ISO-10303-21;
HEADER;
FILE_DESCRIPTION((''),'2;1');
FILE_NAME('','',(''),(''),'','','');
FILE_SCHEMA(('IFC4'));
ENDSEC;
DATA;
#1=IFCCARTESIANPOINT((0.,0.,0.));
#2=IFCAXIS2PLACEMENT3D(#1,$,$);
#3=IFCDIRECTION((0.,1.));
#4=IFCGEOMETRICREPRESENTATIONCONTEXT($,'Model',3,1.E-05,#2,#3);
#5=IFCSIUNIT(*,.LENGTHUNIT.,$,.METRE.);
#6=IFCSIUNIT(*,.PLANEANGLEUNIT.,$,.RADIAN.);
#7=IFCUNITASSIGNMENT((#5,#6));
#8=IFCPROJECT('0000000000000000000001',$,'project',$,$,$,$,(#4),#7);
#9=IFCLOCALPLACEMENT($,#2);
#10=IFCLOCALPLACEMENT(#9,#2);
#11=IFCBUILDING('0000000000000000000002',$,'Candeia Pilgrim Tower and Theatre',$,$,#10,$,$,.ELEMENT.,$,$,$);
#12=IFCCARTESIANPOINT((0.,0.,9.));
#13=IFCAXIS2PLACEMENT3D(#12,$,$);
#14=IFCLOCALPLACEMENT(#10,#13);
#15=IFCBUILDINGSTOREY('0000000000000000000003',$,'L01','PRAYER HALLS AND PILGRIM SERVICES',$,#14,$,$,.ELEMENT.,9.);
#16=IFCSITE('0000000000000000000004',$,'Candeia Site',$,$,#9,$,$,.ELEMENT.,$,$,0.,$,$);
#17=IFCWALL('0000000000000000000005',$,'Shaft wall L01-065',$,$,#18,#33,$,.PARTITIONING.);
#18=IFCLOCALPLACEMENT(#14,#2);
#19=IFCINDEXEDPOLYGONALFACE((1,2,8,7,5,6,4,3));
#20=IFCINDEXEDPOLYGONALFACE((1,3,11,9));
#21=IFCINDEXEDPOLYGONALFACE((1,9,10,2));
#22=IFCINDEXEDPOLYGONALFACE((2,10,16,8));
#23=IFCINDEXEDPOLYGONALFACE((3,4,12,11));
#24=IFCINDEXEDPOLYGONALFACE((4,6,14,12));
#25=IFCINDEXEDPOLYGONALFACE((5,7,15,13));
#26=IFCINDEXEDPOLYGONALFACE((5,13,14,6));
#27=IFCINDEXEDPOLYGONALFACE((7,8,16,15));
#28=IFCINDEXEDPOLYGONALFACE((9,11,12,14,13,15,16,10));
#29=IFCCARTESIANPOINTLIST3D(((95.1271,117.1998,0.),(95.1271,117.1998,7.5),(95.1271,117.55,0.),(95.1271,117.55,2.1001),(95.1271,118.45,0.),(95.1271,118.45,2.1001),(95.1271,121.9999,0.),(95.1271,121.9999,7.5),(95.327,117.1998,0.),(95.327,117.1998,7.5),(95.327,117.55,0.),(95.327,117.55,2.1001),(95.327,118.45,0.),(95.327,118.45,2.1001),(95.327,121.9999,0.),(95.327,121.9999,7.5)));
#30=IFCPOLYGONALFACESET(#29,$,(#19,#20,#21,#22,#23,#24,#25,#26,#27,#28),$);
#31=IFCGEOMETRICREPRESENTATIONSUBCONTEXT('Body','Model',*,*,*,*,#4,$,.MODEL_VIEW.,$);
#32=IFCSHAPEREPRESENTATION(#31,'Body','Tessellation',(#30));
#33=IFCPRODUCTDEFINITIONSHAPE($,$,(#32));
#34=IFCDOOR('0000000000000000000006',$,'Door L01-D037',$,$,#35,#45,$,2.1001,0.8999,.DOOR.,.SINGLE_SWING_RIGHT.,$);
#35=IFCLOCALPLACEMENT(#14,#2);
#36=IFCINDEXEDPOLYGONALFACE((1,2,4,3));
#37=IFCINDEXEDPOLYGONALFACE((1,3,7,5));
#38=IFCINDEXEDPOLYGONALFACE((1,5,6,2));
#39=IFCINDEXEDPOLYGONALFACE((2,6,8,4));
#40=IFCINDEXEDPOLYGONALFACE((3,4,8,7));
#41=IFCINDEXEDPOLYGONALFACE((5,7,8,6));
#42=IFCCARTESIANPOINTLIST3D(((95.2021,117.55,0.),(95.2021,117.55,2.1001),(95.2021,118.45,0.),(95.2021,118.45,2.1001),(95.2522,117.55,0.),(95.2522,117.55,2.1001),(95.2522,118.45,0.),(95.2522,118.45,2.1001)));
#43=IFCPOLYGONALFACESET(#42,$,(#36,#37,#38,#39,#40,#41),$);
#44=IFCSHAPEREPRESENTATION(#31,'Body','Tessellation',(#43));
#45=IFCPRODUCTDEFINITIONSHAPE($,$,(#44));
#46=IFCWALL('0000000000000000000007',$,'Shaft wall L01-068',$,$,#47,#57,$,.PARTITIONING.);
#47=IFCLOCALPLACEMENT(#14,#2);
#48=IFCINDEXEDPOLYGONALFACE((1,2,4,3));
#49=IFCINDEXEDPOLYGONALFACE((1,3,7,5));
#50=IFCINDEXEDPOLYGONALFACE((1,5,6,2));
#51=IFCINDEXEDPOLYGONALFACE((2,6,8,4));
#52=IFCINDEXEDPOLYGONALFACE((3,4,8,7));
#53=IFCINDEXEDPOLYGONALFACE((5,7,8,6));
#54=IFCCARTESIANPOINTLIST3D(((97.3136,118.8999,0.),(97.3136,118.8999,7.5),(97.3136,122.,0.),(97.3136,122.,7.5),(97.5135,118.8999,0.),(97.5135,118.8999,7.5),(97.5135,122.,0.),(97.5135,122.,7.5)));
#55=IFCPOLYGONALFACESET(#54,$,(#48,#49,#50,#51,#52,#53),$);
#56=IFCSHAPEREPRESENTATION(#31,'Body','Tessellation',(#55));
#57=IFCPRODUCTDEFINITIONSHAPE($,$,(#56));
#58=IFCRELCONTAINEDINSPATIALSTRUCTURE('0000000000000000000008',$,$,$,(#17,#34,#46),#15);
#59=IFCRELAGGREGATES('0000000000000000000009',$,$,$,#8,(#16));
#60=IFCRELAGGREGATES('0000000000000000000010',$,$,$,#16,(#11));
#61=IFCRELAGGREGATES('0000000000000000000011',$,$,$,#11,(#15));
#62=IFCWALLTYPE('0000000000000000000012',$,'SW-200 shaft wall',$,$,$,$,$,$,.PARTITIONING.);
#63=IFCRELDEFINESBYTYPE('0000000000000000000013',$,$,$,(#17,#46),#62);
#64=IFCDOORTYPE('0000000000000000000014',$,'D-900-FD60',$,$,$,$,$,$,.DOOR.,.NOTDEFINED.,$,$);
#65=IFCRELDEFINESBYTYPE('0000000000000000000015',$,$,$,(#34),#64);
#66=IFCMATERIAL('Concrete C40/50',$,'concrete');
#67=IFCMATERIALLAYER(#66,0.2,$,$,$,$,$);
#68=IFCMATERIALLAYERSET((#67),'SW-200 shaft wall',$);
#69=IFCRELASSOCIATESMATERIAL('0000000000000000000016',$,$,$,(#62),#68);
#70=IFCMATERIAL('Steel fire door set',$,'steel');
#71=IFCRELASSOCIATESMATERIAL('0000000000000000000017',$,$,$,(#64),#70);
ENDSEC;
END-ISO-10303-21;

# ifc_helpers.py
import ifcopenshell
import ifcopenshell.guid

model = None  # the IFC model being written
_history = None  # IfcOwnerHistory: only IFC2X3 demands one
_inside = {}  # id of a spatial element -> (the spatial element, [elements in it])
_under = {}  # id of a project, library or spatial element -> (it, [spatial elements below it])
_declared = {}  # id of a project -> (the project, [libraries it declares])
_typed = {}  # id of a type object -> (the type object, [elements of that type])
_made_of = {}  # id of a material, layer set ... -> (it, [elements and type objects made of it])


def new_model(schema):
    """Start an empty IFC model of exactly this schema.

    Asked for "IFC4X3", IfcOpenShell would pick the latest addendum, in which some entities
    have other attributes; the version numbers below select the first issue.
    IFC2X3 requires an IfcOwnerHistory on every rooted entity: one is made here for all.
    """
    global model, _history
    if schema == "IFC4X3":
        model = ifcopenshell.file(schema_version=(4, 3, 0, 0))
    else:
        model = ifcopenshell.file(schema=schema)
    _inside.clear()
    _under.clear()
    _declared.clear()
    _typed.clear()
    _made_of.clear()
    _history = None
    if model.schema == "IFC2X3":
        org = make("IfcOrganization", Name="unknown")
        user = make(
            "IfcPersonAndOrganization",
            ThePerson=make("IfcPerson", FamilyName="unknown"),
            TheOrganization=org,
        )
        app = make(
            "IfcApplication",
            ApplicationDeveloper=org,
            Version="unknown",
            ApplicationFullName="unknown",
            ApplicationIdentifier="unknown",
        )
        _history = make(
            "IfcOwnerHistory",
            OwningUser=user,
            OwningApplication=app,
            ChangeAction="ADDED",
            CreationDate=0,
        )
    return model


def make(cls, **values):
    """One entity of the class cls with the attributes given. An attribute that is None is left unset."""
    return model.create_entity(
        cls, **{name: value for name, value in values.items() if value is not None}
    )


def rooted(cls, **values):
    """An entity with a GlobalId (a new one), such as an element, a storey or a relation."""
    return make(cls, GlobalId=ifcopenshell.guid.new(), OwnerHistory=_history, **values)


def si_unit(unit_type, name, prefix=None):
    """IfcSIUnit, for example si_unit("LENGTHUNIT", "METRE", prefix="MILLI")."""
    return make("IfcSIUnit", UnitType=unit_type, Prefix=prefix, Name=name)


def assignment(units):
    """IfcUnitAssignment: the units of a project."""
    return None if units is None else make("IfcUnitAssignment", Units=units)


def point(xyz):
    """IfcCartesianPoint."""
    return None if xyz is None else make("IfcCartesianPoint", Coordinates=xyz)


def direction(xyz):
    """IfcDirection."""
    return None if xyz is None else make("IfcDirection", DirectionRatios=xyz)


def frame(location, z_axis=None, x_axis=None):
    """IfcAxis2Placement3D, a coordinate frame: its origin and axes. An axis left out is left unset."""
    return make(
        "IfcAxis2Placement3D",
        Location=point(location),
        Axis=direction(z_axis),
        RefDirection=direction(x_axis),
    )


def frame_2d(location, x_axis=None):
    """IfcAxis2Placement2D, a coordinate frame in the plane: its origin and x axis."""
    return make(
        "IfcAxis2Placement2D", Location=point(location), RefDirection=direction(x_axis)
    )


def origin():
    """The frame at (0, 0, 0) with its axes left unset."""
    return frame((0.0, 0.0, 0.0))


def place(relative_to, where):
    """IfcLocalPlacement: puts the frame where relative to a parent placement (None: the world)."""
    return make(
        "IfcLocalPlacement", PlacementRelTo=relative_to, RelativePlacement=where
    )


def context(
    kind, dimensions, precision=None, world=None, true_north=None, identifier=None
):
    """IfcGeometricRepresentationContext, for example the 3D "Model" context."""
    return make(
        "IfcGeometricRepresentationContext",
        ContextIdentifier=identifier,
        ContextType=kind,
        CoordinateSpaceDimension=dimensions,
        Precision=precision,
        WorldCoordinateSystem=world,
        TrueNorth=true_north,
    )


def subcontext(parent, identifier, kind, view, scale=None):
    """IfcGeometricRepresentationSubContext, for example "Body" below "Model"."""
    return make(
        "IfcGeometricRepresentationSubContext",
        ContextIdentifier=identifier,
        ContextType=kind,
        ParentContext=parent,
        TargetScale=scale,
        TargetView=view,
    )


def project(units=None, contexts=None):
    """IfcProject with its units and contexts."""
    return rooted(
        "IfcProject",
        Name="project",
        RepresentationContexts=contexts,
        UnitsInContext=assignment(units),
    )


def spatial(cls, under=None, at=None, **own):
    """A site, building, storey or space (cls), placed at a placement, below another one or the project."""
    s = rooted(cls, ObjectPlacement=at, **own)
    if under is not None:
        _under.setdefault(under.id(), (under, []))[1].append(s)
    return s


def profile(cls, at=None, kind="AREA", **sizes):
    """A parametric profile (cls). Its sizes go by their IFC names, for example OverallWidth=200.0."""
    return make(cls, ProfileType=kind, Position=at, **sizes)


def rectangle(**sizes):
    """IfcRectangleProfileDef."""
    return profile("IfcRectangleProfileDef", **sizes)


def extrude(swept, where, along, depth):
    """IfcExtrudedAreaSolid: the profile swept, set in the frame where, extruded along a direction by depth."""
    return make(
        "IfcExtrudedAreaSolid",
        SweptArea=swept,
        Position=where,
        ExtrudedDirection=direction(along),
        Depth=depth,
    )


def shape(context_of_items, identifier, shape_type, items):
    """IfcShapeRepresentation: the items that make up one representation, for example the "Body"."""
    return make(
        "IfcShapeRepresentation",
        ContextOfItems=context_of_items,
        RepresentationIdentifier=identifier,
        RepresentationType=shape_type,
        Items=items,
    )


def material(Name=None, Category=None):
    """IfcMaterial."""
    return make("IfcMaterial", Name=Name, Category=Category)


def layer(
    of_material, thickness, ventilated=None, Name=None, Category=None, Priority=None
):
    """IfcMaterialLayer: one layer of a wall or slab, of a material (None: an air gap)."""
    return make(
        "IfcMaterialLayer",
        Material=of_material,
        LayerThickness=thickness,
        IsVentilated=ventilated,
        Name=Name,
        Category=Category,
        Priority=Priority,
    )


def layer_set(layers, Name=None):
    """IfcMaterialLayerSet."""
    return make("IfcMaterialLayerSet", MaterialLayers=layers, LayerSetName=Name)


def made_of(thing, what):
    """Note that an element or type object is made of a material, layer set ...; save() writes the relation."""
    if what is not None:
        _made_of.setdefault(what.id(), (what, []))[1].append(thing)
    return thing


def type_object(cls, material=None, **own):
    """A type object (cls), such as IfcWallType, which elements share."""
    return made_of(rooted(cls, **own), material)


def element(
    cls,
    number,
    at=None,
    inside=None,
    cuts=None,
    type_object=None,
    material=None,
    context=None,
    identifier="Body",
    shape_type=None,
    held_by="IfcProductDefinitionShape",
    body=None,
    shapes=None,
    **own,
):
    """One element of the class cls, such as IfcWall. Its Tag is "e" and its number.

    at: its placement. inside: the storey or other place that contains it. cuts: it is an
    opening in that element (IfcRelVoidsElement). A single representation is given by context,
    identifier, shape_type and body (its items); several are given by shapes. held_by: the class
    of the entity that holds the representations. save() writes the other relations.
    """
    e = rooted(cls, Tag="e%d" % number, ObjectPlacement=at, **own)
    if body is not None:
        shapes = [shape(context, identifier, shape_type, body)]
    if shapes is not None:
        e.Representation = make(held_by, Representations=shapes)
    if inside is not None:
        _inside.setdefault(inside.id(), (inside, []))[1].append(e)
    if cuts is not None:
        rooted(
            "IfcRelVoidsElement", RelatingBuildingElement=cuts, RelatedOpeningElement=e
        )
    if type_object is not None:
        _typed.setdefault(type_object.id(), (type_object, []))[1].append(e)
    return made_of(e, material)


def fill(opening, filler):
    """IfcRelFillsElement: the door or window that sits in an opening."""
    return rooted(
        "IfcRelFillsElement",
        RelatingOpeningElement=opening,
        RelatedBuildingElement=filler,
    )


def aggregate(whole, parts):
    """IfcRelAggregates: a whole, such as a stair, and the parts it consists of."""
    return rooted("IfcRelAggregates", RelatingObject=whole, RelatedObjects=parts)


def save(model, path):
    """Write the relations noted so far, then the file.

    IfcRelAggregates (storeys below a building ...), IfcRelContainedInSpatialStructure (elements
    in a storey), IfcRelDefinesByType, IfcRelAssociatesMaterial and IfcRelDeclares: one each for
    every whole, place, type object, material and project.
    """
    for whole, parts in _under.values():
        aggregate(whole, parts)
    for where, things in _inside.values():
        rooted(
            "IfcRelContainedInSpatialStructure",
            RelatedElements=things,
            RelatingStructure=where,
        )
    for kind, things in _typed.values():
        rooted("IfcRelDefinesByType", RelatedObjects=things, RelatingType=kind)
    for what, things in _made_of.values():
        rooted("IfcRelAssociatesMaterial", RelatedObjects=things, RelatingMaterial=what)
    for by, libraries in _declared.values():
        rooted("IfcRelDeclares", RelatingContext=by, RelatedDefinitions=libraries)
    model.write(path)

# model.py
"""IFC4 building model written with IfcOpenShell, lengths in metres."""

from ifc_helpers import new_model, si_unit, direction, frame, frame_2d, origin, place, context, subcontext, project, spatial, rectangle, extrude, material, layer, layer_set, type_object, element, fill, save


model = new_model("IFC4")

# Units and contexts
model_context = context("Model", 3, precision=1e-05, world=origin(), true_north=direction((0.0, 1.0)))
body_context = subcontext(model_context, "Body", "Model", "MODEL_VIEW")
ifc_project = project(units=[si_unit("LENGTHUNIT", "METRE"), si_unit("PLANEANGLEUNIT", "RADIAN")], contexts=[model_context])

# Site, building, storey
site_placement = place(None, origin())
site = spatial("IfcSite", under=ifc_project, at=site_placement, Name="Candeia Site", CompositionType="ELEMENT", RefElevation=0.0)
building_placement = place(site_placement, origin())
building = spatial("IfcBuilding", under=site, at=building_placement, Name="Candeia Pilgrim Tower and Theatre", CompositionType="ELEMENT")
storey_placement = place(building_placement, frame((0.0, 0.0, 9.0)))
storey = spatial("IfcBuildingStorey", under=building, at=storey_placement, Name="L01", Description="PRAYER HALLS AND PILGRIM SERVICES", CompositionType="ELEMENT", Elevation=9.0)

# Shared definitions
ifc_material_1 = material(Name="Steel fire door set", Category="steel")

# Shared definitions
ifc_material_2 = material(Name="Concrete C40/50", Category="concrete")
ifc_layer_1 = layer(ifc_material_2, 0.2)
ifc_layer_set_1 = layer_set([ifc_layer_1], Name="SW-200 shaft wall")
wall_type_1 = type_object("IfcWallType", Name="SW-200 shaft wall", PredefinedType="PARTITIONING", material=ifc_layer_set_1)

# Shared definitions
door_type_1 = type_object("IfcDoorType", Name="D-900-FD60", OperationType="NOTDEFINED", PredefinedType="DOOR", material=ifc_material_1)

# Wall, opening, door
wall_1_placement = place(storey_placement, frame((95.2271, 117.2, 0.0), z_axis=(0.0, 0.0, 1.0), x_axis=(0.0, 1.0, 0.0)))
wall_1 = element("IfcWall", 1, at=wall_1_placement, inside=storey, type_object=wall_type_1, Name="Shaft wall L01-065", PredefinedType="PARTITIONING", context=body_context, shape_type="SweptSolid", body=[
    extrude(rectangle(XDim=4.8, YDim=0.2, at=frame_2d((2.3999, 0.0))), origin(), (0.0, 0.0, 1.0), 7.5),
])
opening_1_placement = place(wall_1_placement, frame((0.3501, 0.0, 0.0)))
opening_1 = element("IfcOpeningElement", 2, at=opening_1_placement, cuts=wall_1, PredefinedType="OPENING", context=body_context, shape_type="SweptSolid", body=[
    extrude(rectangle(XDim=0.8999, YDim=2.1001, at=frame_2d((0.45, 1.05))), frame((0.0, 0.1099, 0.0), z_axis=(0.0, -1.0, 0.0), x_axis=(1.0, 0.0, 0.0)), (0.0, 0.0, 1.0), 0.22),
])
door_1_placement = place(opening_1_placement, origin())
door_1 = element("IfcDoor", 3, at=door_1_placement, inside=storey, type_object=door_type_1, Name="Door L01-D037", OperationType="SINGLE_SWING_RIGHT", OverallHeight=2.1001, OverallWidth=0.8999, PredefinedType="DOOR", context=body_context, shape_type="SweptSolid", body=[
    extrude(rectangle(XDim=0.8999, YDim=2.1001, at=frame_2d((0.45, 1.05))), frame((0.0, 0.0249, 0.0), z_axis=(0.0, -1.0, 0.0), x_axis=(1.0, 0.0, 0.0)), (0.0, 0.0, 1.0), 0.05),
])
fill(opening_1, door_1)

# Wall
wall_2_placement = place(storey_placement, frame((97.4136, 118.8999, 0.0), z_axis=(0.0, 0.0, 1.0), x_axis=(0.0, 1.0, 0.0)))
element("IfcWall", 4, at=wall_2_placement, inside=storey, type_object=wall_type_1, Name="Shaft wall L01-068", PredefinedType="PARTITIONING", context=body_context, shape_type="SweptSolid", body=[
    extrude(rectangle(XDim=3.1001, YDim=0.2, at=frame_2d((1.55, 0.0))), origin(), (0.0, 0.0, 1.0), 7.5),
])

save(model, "model.ifc")
